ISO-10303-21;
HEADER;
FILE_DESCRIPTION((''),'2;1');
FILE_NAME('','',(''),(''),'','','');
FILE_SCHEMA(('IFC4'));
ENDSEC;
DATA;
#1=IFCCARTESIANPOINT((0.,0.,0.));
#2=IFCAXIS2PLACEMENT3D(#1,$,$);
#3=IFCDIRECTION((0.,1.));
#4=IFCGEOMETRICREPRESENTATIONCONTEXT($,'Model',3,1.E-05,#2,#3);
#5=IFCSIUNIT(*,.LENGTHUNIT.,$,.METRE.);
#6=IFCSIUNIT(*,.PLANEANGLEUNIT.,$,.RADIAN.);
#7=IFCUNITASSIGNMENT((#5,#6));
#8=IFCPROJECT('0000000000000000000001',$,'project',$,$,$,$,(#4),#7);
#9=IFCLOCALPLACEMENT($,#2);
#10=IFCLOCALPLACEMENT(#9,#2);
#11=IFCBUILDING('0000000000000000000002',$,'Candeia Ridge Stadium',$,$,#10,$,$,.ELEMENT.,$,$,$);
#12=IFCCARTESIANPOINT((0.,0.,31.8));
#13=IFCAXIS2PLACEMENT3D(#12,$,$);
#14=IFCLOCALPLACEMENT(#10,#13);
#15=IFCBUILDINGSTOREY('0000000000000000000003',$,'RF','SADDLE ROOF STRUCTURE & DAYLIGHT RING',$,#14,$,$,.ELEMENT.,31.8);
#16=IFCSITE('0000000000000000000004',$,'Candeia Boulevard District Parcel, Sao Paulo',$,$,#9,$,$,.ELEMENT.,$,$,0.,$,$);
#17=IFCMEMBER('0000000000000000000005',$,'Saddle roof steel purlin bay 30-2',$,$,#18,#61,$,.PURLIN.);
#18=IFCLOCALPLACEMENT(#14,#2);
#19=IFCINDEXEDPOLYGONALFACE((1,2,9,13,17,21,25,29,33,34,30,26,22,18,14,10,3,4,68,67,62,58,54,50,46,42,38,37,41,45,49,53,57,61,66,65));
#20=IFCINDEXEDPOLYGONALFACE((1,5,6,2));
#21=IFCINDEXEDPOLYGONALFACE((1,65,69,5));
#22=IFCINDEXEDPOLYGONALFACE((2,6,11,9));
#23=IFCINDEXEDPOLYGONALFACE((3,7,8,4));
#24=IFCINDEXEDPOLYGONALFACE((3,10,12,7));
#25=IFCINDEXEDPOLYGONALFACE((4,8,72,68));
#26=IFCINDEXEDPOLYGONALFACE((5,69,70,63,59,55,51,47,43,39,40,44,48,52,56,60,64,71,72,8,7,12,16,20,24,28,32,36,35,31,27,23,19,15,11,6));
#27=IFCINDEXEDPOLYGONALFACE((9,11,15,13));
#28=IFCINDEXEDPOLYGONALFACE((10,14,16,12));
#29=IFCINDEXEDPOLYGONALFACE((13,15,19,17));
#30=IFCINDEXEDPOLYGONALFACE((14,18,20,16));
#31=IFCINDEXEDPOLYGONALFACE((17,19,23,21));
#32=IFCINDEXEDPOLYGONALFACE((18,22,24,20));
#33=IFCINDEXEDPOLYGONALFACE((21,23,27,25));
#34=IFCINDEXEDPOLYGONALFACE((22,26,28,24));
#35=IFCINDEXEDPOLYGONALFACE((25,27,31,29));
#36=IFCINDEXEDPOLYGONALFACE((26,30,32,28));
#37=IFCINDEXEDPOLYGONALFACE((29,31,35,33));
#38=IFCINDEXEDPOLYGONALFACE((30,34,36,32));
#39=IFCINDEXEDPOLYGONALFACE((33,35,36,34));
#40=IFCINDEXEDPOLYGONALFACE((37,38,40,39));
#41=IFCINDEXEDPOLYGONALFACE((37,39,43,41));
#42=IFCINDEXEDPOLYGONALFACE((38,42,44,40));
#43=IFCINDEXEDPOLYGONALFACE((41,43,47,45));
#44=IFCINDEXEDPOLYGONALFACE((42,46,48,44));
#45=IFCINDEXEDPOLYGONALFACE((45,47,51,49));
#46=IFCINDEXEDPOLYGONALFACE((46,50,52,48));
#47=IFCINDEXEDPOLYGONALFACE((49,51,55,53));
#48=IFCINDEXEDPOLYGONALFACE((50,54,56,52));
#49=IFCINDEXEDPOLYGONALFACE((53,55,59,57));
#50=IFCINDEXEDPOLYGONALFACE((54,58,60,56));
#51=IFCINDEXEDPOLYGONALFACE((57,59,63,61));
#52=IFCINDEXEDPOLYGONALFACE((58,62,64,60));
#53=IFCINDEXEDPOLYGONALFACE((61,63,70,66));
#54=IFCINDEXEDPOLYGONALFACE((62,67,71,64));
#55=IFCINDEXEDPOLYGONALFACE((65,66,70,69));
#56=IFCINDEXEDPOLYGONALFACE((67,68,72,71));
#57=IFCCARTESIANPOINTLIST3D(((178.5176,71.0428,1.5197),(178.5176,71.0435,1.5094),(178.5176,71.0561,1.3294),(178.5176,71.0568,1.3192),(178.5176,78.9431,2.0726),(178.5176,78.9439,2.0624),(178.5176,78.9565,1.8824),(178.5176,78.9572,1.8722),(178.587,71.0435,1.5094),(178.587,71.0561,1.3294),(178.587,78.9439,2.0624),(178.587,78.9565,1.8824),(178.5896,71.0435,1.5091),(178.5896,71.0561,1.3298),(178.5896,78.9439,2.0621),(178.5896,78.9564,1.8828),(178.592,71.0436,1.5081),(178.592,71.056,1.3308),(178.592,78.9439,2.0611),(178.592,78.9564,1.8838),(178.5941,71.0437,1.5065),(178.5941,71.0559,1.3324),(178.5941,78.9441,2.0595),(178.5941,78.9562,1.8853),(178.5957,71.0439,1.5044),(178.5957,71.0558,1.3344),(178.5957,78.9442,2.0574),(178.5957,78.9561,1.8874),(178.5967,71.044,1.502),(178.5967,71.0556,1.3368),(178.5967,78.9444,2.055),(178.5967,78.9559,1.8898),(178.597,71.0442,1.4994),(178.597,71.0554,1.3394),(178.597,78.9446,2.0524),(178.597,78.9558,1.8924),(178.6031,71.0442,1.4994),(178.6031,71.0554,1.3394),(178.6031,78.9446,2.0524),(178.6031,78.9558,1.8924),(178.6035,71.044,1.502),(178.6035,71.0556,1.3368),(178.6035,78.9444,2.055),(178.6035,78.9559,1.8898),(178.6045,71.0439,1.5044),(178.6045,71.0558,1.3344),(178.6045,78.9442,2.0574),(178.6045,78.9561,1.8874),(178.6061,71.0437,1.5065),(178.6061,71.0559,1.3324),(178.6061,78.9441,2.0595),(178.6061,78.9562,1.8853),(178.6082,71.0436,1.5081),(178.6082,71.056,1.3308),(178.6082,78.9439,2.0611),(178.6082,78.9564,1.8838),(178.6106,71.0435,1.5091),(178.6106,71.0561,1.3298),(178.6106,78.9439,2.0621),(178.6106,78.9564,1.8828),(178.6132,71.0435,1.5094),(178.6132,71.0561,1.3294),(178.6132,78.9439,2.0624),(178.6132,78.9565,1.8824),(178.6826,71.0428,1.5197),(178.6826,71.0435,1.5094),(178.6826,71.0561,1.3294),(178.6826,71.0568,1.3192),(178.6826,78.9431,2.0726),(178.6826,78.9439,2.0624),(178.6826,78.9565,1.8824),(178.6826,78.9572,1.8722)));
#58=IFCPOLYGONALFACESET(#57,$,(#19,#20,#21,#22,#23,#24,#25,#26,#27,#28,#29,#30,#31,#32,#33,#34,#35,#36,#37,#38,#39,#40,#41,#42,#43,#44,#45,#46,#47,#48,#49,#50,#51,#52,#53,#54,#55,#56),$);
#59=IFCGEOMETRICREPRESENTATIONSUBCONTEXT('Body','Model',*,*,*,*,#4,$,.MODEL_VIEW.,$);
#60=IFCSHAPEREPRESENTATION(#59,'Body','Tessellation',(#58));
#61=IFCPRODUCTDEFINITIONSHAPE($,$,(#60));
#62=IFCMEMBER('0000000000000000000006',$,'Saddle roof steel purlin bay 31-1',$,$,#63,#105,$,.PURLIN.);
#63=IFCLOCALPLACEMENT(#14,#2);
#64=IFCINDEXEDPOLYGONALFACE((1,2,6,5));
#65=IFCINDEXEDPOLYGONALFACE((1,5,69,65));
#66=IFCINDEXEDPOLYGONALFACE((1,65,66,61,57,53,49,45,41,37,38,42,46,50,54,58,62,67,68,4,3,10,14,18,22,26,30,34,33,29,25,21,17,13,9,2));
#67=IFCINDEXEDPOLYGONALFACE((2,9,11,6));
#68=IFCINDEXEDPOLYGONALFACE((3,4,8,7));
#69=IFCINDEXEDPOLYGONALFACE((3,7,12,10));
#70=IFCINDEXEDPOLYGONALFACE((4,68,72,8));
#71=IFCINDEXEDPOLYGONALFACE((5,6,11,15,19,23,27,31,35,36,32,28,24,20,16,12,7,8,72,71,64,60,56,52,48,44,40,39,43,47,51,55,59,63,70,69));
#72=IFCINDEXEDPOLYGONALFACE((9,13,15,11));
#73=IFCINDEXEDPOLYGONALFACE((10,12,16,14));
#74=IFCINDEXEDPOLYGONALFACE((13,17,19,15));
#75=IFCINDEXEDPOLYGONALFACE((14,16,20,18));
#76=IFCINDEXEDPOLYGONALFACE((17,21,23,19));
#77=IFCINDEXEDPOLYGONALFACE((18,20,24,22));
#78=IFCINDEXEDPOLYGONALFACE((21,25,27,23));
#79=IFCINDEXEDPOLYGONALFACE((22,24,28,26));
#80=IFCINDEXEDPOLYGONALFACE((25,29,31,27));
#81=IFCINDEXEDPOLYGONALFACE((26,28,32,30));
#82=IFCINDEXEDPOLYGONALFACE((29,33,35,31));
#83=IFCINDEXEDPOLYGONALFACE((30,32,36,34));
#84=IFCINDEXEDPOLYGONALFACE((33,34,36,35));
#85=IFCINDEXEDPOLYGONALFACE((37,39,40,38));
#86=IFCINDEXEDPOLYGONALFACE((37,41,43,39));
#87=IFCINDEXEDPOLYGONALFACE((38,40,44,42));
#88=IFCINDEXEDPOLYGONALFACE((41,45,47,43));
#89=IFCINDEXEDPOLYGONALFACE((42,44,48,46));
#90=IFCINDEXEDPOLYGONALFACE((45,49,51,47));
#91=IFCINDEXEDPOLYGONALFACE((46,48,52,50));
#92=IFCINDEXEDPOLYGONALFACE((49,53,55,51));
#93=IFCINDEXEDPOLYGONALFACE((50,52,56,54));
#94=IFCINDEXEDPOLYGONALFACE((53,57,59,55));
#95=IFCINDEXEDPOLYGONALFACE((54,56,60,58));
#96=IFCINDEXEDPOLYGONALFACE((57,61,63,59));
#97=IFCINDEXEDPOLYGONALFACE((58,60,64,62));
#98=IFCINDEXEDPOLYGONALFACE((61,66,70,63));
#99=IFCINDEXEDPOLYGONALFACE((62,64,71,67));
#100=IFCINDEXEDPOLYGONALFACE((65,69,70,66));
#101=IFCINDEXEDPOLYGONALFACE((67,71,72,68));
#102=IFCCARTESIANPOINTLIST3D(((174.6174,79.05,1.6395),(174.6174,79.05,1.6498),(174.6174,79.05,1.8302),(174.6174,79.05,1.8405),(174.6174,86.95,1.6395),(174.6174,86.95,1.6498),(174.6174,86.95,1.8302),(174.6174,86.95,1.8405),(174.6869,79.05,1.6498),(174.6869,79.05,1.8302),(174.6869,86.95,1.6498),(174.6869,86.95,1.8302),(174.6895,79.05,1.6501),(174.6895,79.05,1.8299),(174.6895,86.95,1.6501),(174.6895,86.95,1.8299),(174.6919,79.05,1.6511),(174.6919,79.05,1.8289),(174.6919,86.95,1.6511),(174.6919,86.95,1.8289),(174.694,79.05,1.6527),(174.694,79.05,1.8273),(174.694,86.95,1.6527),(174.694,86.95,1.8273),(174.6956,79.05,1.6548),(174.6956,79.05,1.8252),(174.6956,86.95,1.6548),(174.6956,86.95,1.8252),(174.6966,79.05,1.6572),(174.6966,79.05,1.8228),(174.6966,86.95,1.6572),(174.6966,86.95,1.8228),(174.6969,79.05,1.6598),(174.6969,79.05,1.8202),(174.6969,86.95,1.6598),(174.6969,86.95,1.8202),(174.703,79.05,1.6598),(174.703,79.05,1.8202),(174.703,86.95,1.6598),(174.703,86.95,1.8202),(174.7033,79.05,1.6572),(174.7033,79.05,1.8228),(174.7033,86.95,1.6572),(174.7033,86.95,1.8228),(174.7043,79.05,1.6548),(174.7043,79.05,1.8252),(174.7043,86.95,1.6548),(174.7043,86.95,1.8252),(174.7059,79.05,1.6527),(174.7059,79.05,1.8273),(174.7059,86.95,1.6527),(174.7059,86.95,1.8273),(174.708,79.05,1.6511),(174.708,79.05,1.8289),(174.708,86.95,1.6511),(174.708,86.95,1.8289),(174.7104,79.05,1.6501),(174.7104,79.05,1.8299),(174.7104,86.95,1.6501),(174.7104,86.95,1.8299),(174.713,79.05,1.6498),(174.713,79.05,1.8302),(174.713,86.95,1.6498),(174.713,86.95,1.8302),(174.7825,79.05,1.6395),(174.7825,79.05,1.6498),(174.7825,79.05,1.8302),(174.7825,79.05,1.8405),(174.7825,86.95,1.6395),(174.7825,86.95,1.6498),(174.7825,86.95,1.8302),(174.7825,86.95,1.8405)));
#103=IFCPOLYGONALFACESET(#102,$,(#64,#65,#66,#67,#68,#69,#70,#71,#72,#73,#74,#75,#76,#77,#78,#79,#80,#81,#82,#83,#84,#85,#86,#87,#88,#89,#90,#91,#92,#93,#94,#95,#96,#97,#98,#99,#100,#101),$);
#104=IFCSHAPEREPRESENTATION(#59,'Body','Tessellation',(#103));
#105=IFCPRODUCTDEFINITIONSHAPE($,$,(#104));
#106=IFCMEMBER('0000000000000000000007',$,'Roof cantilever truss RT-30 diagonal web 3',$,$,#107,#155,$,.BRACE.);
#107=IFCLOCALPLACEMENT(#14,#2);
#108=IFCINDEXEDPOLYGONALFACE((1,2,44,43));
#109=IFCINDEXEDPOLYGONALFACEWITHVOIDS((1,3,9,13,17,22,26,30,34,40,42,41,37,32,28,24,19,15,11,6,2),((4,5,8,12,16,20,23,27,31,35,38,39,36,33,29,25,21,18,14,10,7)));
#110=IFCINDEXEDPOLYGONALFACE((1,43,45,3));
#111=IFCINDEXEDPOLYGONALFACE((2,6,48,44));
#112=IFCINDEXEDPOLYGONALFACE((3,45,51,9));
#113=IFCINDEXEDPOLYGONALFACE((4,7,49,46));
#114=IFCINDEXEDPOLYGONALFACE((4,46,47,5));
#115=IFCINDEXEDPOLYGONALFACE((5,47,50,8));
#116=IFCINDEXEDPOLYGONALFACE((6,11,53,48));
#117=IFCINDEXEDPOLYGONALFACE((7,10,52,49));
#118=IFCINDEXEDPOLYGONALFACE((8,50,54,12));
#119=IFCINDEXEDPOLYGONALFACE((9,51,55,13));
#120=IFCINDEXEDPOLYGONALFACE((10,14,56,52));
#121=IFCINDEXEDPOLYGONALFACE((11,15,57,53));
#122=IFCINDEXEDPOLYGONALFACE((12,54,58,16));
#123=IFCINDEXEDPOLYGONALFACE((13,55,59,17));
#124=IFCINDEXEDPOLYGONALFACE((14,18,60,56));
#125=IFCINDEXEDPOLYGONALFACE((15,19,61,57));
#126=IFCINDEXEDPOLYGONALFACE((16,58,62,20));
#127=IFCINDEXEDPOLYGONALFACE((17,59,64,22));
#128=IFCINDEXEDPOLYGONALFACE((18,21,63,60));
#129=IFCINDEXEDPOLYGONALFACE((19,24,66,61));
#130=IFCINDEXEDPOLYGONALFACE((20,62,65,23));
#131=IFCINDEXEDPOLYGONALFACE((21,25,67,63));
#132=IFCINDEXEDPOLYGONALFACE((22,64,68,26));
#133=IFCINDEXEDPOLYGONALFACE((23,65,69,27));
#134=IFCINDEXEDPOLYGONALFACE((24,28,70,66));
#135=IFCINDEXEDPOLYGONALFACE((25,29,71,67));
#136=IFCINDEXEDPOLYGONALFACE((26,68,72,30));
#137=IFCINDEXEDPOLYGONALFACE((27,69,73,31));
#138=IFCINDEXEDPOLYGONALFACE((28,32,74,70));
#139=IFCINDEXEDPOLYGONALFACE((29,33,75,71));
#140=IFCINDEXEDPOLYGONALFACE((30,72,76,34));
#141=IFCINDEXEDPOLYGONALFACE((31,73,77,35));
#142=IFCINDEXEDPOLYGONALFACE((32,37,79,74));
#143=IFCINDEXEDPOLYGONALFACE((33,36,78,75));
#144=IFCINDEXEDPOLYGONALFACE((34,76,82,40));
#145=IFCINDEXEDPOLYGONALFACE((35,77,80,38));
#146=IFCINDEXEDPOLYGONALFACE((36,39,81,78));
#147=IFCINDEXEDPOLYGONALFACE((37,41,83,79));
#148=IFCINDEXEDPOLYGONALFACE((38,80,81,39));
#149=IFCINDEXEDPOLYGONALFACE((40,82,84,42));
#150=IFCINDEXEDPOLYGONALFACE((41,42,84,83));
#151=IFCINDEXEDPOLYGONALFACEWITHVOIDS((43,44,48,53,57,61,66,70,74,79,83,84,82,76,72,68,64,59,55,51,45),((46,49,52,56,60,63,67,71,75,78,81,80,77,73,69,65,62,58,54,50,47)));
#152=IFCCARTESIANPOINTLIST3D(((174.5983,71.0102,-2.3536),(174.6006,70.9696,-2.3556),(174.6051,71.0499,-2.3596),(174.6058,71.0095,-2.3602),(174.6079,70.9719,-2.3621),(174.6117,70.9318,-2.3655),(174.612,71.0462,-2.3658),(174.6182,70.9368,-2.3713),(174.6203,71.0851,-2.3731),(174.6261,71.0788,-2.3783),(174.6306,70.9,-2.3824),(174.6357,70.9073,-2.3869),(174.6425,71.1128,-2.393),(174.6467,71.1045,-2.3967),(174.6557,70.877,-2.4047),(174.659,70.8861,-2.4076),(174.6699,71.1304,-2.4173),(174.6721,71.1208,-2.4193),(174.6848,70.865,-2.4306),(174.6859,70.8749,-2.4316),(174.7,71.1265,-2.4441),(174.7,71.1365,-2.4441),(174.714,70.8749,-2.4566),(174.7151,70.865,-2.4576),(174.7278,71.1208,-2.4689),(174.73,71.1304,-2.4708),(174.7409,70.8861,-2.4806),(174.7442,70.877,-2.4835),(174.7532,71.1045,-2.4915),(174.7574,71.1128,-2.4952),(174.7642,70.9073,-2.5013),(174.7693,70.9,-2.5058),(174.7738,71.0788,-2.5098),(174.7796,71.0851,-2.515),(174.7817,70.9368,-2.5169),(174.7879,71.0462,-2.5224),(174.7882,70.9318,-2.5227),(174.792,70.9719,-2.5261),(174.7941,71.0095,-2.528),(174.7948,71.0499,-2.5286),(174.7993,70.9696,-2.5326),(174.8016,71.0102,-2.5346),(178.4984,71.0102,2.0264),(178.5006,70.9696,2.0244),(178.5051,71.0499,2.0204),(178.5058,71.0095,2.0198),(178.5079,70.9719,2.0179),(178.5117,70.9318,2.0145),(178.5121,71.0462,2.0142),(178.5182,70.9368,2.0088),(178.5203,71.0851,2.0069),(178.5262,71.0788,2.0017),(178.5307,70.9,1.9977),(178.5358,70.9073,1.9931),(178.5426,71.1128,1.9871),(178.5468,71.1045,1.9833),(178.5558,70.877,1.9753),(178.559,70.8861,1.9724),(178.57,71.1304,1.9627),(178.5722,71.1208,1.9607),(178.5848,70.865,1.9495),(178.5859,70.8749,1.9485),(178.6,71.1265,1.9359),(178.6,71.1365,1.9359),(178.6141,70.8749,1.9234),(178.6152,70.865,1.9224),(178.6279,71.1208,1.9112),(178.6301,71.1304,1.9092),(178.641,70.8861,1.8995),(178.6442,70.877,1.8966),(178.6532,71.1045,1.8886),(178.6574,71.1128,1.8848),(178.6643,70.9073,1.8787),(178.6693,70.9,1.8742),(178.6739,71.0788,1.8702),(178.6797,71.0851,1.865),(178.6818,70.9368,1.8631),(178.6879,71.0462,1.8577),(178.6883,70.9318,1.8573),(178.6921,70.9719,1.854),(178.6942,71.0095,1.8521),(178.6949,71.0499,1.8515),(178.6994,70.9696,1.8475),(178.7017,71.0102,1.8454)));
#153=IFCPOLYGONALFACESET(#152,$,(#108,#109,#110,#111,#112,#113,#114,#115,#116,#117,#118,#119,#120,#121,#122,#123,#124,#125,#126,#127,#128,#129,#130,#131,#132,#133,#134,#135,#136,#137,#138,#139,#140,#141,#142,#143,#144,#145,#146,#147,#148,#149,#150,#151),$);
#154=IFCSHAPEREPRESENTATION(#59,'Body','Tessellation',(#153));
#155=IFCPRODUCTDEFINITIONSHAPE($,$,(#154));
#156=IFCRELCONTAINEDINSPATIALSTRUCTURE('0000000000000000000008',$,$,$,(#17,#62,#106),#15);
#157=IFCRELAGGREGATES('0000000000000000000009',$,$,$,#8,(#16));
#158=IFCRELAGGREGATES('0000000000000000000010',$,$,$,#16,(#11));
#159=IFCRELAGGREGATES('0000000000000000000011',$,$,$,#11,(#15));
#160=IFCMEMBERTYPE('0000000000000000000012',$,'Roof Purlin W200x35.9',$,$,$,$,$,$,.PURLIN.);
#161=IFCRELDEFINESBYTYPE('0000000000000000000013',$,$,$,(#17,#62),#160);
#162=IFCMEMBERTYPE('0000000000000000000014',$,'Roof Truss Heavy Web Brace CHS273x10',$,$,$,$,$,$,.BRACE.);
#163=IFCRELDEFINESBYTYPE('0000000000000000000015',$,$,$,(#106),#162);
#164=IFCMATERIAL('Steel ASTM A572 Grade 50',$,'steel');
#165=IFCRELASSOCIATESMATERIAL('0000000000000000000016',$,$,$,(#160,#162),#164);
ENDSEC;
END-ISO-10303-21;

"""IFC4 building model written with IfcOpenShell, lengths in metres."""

from ifc_helpers import new_model, si_unit, direction, frame, origin, origin_2d, place, context, subcontext, project, spatial, hollow_circle, i_section, extrude, material, material_profile, profile_set, type_object, element, save


model = new_model("IFC4")

# Units and contexts
model_context = context("Model", 3, precision=1e-05, world=origin(), true_north=direction((0.0, 1.0)))
body_context = subcontext(model_context, "Body", "Model", "MODEL_VIEW")
ifc_project = project(units=[si_unit("LENGTHUNIT", "METRE"), si_unit("PLANEANGLEUNIT", "RADIAN")], contexts=[model_context])

# Site, building, storey
site_placement = place(None, origin())
site = spatial("IfcSite", under=ifc_project, at=site_placement, Name="Candeia Boulevard District Parcel, Sao Paulo", CompositionType="ELEMENT", RefElevation=0.0)
building_placement = place(site_placement, origin())
building = spatial("IfcBuilding", under=site, at=building_placement, Name="Candeia Ridge Stadium", CompositionType="ELEMENT")
storey_placement = place(building_placement, frame((0.0, 0.0, 31.8)))
storey = spatial("IfcBuildingStorey", under=building, at=storey_placement, Name="RF", Description="SADDLE ROOF STRUCTURE & DAYLIGHT RING", CompositionType="ELEMENT", Elevation=31.8)

# Shared definitions
ifc_material_1 = material(Name="Steel ASTM A572 Grade 50", Category="steel")

# Members
ifc_material_profile_1 = material_profile(ifc_material_1, i_section(OverallWidth=0.165, OverallDepth=0.2009, WebThickness=0.0061, FlangeThickness=0.0103, FilletRadius=0.01, at=origin_2d()), Name="W200x35.9", Category="steel")
ifc_profile_set_1 = profile_set([ifc_material_profile_1], Name="Steel ASTM A572 Grade 50")
member_type_1 = type_object("IfcMemberType", Name="Roof Purlin W200x35.9", PredefinedType="PURLIN", material=ifc_profile_set_1)
member_1_placement = place(storey_placement, frame((178.6001, 71.0498, 1.4194), z_axis=(0.0, 0.997559, 0.069823), x_axis=(-1.0, 0.0, 0.0)))
element("IfcMember", 1, at=member_1_placement, inside=storey, type_object=member_type_1, Name="Saddle roof steel purlin bay 30-2", PredefinedType="PURLIN", context=body_context, shape_type="SweptSolid", body=[
    extrude(i_section(OverallWidth=0.165, OverallDepth=0.2009, WebThickness=0.0061, FlangeThickness=0.0103, FilletRadius=0.01, at=origin_2d()), origin(), (0.0, 0.0, 1.0), 7.9197),
])
member_2_placement = place(storey_placement, frame((174.7, 79.05, 1.74), z_axis=(0.0, 1.0, 0.0), x_axis=(-1.0, 0.0, 0.0)))
element("IfcMember", 2, at=member_2_placement, inside=storey, type_object=member_type_1, Name="Saddle roof steel purlin bay 31-1", PredefinedType="PURLIN", context=body_context, shape_type="SweptSolid", body=[
    extrude(i_section(OverallWidth=0.165, OverallDepth=0.2009, WebThickness=0.0061, FlangeThickness=0.0103, FilletRadius=0.01, at=origin_2d()), origin(), (0.0, 0.0, 1.0), 7.8999),
])
ifc_material_profile_2 = material_profile(ifc_material_1, hollow_circle(Radius=0.1365, WallThickness=0.01, at=origin_2d()), Name="CHS273x10", Category="steel")
ifc_profile_set_2 = profile_set([ifc_material_profile_2], Name="Steel ASTM A572 Grade 50")
member_type_2 = type_object("IfcMemberType", Name="Roof Truss Heavy Web Brace CHS273x10", PredefinedType="BRACE", material=ifc_profile_set_2)
member_3_placement = place(storey_placement, frame((174.7, 71.0, -2.4441), z_axis=(0.665002, 0.0, 0.746842), x_axis=(0.0, 1.0, 0.0)))
element("IfcMember", 3, at=member_3_placement, inside=storey, type_object=member_type_2, Name="Roof cantilever truss RT-30 diagonal web 3", PredefinedType="BRACE", context=body_context, shape_type="SweptSolid", body=[
    extrude(hollow_circle(Radius=0.1365, WallThickness=0.01, at=origin_2d()), origin(), (0.0, 0.0, 1.0), 5.8647),
])

save(model, "model.ifc")
